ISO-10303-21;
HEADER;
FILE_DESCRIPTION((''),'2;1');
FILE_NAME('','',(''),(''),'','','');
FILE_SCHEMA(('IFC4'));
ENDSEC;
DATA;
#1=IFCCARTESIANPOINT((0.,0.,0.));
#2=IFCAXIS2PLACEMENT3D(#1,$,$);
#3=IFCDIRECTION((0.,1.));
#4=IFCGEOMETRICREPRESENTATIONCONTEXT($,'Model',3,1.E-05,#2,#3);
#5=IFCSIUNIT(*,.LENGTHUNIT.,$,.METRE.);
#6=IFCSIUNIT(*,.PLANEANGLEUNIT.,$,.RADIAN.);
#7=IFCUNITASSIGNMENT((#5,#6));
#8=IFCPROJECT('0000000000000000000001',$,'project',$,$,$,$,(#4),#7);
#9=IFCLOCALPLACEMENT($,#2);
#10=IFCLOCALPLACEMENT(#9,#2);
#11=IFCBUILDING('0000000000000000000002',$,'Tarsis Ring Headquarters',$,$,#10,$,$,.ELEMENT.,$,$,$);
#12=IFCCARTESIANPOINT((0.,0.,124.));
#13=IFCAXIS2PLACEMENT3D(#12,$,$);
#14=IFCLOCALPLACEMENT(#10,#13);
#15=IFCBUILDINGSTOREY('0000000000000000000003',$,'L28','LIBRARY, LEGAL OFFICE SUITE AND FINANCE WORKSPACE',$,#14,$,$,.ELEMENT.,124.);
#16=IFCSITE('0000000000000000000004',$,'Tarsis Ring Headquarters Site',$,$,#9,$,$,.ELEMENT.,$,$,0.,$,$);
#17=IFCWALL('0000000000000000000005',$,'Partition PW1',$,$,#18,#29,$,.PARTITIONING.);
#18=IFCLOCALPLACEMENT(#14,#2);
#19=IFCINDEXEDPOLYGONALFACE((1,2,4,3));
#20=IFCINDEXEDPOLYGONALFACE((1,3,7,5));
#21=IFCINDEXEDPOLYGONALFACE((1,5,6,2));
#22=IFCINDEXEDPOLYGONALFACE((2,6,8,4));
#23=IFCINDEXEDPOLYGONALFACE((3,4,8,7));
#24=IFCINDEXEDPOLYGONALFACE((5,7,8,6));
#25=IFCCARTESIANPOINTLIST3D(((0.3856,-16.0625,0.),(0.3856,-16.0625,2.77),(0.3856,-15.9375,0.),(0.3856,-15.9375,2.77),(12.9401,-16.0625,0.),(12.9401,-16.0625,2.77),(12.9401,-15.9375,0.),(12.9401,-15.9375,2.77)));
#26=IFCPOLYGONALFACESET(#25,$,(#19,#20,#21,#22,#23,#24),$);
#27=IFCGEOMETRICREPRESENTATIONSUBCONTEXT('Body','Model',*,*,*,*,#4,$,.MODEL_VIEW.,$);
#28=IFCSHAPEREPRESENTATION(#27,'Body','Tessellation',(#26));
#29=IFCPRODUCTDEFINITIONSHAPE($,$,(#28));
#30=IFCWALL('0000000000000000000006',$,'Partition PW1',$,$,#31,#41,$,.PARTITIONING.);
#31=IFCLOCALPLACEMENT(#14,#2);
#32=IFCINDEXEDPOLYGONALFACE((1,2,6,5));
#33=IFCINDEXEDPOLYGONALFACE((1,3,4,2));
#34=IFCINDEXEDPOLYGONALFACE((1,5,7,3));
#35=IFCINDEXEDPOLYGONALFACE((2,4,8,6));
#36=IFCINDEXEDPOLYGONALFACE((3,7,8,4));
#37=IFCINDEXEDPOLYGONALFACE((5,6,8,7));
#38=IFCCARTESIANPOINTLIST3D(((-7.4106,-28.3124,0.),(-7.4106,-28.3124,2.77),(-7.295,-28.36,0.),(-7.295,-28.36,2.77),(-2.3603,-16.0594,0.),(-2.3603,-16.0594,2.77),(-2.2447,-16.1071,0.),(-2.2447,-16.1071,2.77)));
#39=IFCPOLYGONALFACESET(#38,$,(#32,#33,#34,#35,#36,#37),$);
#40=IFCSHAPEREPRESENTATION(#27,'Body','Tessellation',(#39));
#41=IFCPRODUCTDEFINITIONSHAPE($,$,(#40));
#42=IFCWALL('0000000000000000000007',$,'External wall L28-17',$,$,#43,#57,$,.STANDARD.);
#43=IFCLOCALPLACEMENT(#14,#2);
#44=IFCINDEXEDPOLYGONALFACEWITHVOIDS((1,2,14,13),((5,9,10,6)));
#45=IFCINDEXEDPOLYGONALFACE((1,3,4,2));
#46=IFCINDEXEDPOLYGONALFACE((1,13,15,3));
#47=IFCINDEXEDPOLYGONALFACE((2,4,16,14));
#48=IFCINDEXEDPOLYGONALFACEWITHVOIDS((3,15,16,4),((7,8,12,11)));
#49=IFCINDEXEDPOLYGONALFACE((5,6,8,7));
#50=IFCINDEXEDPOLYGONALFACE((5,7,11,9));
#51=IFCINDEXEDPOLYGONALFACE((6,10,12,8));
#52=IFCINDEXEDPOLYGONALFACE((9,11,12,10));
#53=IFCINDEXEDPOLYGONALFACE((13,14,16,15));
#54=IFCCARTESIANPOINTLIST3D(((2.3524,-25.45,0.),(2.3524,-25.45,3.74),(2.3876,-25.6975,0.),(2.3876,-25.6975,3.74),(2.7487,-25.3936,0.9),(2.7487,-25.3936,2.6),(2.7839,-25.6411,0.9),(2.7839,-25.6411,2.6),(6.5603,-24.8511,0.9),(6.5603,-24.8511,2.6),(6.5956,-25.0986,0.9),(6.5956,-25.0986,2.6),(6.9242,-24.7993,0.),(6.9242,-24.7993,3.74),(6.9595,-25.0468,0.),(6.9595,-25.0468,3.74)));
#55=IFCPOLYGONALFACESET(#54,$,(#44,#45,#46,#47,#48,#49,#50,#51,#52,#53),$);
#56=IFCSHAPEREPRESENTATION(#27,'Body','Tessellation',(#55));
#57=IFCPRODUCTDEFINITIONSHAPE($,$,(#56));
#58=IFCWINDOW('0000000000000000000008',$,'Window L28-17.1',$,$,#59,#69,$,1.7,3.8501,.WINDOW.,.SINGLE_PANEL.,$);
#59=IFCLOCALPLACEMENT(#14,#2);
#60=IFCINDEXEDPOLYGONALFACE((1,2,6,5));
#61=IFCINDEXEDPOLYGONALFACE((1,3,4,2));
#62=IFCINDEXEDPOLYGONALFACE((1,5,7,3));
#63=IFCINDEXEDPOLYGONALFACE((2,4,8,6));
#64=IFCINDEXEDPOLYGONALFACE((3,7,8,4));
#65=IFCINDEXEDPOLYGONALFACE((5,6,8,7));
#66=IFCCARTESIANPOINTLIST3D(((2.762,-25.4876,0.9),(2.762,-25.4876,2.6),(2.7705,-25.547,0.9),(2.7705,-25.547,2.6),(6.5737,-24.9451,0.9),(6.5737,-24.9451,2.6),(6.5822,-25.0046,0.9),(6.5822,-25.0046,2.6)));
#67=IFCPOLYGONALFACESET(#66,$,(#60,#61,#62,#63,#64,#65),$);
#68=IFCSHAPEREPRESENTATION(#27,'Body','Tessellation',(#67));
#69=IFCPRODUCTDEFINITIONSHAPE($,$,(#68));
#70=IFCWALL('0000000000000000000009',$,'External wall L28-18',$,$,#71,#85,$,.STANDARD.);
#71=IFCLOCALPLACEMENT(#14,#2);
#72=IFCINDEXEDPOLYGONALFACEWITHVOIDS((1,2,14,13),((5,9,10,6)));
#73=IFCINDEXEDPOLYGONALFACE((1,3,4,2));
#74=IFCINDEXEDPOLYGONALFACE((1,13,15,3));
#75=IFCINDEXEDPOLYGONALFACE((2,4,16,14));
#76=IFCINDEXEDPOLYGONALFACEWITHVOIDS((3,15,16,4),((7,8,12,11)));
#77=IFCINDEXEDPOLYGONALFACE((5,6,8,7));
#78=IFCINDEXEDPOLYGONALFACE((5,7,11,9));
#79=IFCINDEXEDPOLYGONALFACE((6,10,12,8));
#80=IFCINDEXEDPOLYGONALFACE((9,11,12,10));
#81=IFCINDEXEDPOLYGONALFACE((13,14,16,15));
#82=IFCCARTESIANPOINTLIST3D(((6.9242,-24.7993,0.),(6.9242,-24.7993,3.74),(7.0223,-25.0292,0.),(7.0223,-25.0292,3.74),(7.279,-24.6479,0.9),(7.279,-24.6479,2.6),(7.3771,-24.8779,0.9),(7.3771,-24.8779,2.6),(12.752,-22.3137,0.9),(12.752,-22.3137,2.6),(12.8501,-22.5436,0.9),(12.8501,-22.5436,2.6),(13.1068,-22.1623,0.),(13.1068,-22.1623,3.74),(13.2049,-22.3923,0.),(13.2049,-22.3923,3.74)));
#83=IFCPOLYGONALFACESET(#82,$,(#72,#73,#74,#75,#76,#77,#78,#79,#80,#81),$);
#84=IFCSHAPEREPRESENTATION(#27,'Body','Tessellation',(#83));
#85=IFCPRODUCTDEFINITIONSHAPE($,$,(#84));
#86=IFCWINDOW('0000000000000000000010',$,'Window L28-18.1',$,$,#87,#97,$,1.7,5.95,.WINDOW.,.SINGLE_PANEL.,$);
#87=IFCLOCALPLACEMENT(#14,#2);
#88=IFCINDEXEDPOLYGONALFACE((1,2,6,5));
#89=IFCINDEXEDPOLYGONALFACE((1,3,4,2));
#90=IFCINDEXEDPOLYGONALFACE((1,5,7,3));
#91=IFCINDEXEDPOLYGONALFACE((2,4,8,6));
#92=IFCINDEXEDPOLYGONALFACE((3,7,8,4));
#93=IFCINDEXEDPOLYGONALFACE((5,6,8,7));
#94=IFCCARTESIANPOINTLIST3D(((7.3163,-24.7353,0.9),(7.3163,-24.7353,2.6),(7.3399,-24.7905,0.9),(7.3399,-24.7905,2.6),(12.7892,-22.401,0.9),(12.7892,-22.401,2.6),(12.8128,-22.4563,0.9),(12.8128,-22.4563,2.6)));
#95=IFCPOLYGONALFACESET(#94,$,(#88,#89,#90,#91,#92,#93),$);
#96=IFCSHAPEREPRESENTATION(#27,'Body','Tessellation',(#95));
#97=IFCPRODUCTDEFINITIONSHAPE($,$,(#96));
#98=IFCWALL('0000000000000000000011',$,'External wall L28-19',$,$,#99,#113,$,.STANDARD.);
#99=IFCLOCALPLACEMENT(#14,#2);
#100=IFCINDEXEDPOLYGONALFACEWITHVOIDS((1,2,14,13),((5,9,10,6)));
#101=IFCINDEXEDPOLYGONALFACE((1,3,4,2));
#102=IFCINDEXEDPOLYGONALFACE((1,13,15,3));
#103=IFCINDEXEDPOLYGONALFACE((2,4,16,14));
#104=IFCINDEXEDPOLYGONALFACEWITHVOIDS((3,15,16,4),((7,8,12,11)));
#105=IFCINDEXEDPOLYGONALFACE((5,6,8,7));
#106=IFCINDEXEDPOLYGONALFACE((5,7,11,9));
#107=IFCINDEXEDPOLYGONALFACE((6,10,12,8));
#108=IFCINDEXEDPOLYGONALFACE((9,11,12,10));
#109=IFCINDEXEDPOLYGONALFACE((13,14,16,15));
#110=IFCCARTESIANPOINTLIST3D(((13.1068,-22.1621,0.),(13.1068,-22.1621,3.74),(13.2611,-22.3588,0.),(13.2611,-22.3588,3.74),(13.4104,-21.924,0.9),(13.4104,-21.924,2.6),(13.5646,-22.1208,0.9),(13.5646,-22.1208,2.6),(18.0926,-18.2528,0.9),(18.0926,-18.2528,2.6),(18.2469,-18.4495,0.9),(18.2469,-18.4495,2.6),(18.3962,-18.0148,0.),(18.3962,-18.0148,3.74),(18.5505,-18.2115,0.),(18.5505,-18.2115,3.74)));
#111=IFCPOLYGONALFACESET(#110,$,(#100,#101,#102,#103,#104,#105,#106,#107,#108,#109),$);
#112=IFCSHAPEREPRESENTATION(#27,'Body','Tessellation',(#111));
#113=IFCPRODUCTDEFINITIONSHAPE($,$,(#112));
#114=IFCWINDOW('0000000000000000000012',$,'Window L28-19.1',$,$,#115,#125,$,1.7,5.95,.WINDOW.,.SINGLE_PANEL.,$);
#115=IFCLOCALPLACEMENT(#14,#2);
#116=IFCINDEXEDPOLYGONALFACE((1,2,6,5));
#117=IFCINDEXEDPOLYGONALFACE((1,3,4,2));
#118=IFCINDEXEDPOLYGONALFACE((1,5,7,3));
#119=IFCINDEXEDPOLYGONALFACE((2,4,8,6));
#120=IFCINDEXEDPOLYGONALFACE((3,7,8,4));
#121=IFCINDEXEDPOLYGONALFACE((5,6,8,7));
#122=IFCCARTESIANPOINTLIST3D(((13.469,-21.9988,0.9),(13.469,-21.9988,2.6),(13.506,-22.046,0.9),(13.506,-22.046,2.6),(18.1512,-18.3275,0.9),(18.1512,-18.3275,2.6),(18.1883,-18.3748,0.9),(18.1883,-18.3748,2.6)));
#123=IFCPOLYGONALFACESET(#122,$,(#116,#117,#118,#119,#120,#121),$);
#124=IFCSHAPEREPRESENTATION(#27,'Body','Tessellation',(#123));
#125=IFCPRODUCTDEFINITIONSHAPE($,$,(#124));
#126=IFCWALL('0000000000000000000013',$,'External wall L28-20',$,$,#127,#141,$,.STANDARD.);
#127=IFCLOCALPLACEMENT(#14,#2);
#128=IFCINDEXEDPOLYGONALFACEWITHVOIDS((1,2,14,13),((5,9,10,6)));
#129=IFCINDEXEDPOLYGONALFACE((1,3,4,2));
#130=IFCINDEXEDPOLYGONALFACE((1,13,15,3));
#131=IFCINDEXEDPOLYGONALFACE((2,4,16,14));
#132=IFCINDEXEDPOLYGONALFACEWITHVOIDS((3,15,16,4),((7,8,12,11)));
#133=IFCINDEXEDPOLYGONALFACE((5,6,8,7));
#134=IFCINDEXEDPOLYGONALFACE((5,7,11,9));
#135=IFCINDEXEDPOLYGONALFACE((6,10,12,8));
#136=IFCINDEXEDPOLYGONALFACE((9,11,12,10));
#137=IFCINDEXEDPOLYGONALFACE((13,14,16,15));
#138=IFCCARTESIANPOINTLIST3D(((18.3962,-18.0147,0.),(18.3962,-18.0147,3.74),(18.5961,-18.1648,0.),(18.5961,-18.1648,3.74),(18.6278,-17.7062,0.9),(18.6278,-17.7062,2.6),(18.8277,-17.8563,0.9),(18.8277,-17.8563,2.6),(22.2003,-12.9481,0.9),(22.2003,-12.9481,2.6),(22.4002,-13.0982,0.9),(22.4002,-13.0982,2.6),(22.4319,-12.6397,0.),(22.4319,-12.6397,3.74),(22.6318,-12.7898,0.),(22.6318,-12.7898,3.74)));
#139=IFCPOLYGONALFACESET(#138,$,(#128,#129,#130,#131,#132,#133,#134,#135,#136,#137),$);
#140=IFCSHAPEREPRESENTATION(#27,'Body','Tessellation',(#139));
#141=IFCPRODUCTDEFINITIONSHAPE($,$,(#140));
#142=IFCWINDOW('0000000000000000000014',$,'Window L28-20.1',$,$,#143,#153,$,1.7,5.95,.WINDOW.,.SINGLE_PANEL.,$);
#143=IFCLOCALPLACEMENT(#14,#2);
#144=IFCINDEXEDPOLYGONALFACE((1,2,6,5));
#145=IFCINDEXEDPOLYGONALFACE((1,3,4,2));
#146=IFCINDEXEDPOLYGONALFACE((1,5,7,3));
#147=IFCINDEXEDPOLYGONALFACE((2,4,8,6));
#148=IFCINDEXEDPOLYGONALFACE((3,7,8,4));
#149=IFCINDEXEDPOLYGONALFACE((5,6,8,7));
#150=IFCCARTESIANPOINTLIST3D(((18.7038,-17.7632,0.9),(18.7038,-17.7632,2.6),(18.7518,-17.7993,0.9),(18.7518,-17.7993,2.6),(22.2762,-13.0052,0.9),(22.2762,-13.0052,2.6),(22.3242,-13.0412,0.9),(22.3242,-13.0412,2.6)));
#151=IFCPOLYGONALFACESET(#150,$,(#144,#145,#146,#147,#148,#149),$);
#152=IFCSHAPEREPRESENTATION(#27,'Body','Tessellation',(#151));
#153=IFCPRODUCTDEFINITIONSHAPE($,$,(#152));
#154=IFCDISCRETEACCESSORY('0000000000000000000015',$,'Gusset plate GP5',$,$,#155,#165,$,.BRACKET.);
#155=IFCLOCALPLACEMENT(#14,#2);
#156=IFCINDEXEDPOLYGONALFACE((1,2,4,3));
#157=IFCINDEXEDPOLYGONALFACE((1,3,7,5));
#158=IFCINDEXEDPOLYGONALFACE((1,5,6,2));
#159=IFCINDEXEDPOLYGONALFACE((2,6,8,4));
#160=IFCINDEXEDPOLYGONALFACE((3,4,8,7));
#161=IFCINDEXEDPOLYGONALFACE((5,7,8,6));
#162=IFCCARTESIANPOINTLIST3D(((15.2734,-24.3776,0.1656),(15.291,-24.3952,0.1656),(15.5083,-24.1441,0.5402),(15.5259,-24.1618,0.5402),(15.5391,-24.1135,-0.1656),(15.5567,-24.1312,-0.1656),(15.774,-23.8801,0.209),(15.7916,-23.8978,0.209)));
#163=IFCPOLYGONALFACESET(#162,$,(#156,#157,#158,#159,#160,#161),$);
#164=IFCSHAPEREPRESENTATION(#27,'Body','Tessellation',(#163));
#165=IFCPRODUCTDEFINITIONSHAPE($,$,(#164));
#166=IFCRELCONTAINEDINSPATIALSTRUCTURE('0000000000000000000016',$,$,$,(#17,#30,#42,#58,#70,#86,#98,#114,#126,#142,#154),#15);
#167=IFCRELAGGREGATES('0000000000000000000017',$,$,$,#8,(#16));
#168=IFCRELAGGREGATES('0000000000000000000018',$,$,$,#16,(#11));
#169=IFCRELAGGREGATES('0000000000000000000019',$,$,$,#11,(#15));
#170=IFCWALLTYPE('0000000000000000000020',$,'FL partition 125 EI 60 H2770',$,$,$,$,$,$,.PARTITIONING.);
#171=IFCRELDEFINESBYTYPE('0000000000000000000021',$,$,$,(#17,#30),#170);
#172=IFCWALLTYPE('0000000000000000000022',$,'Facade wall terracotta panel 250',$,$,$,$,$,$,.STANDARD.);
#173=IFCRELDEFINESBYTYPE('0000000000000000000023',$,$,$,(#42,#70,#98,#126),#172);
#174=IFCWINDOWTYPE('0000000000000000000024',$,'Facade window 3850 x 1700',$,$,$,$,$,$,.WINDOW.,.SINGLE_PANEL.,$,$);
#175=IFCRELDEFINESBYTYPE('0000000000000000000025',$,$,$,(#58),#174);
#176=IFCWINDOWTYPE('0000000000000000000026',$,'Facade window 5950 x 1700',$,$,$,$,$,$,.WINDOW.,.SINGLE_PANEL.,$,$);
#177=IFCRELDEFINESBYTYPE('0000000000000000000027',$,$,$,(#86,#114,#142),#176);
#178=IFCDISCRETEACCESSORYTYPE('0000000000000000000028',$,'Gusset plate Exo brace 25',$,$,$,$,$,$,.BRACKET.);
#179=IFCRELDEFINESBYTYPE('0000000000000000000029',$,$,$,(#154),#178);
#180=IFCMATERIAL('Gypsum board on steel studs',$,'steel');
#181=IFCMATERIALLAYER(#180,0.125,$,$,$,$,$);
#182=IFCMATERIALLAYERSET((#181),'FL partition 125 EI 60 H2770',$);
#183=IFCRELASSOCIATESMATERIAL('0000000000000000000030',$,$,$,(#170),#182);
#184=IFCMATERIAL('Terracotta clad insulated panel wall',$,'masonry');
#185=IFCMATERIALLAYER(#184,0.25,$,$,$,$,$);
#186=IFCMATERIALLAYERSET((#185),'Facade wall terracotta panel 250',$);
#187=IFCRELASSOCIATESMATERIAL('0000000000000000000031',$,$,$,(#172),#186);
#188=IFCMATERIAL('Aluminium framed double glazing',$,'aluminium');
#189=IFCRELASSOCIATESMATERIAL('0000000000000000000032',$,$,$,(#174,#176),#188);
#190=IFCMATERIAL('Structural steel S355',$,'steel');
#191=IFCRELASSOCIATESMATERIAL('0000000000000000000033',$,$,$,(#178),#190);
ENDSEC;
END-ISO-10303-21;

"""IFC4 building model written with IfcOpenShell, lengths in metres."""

from ifc_helpers import new_model, si_unit, direction, frame, frame_2d, origin, origin_2d, place, context, subcontext, project, spatial, rectangle, extrude, material, layer, layer_set, material_profile, profile_set, type_object, element, fill, save


model = new_model("IFC4")

# Units and contexts
model_context = context("Model", 3, precision=1e-05, world=origin(), true_north=direction((0.0, 1.0)))
body_context = subcontext(model_context, "Body", "Model", "MODEL_VIEW")
ifc_project = project(units=[si_unit("LENGTHUNIT", "METRE"), si_unit("PLANEANGLEUNIT", "RADIAN")], contexts=[model_context])

# Site, building, storey
site_placement = place(None, origin())
site = spatial("IfcSite", under=ifc_project, at=site_placement, Name="Tarsis Ring Headquarters Site", CompositionType="ELEMENT", RefElevation=0.0)
building_placement = place(site_placement, origin())
building = spatial("IfcBuilding", under=site, at=building_placement, Name="Tarsis Ring Headquarters", CompositionType="ELEMENT")
storey_placement = place(building_placement, frame((0.0, 0.0, 124.0)))
storey = spatial("IfcBuildingStorey", under=building, at=storey_placement, Name="L28", Description="LIBRARY, LEGAL OFFICE SUITE AND FINANCE WORKSPACE", CompositionType="ELEMENT", Elevation=124.0)

# Shared definitions
ifc_material_1 = material(Name="Structural steel S355", Category="steel")

# Shared definitions
ifc_material_2 = material(Name="Gypsum board on steel studs", Category="steel")

# Shared definitions
ifc_layer_1 = layer(ifc_material_2, 0.125)
ifc_layer_set_1 = layer_set([ifc_layer_1], Name="FL partition 125 EI 60 H2770")
wall_type_1 = type_object("IfcWallType", Name="FL partition 125 EI 60 H2770", PredefinedType="PARTITIONING", material=ifc_layer_set_1)

# Walls
wall_1_placement = place(storey_placement, frame((0.3855, -16.0, 0.0), z_axis=(0.0, 0.0, 1.0), x_axis=(1.0, 0.0, 0.0)))
element("IfcWall", 1, at=wall_1_placement, inside=storey, type_object=wall_type_1, Name="Partition PW1", PredefinedType="PARTITIONING", context=body_context, shape_type="SweptSolid", body=[
    extrude(rectangle(XDim=12.5544, YDim=0.125, at=frame_2d((6.2773, 0.0))), origin(), (0.0, 0.0, 1.0), 2.77),
])
wall_2_placement = place(storey_placement, frame((-7.3528, -28.3362, 0.0), z_axis=(0.0, 0.0, 1.0), x_axis=(0.38107, 0.924546, 0.0)))
element("IfcWall", 2, at=wall_2_placement, inside=storey, type_object=wall_type_1, Name="Partition PW1", PredefinedType="PARTITIONING", context=body_context, shape_type="SweptSolid", body=[
    extrude(rectangle(XDim=13.2529, YDim=0.125, at=frame_2d((6.6265, 0.0))), origin(), (0.0, 0.0, 1.0), 2.77),
])

# Walls, openings, windows
ifc_material_3 = material(Name="Terracotta clad insulated panel wall", Category="masonry")
ifc_layer_2 = layer(ifc_material_3, 0.25)
ifc_layer_set_2 = layer_set([ifc_layer_2], Name="Facade wall terracotta panel 250")
wall_type_2 = type_object("IfcWallType", Name="Facade wall terracotta panel 250", PredefinedType="STANDARD", material=ifc_layer_set_2)
wall_3_placement = place(storey_placement, frame((2.3699, -25.5737, 0.0), z_axis=(0.0, 0.0, 1.0), x_axis=(0.990024, 0.140896, 0.0)))
wall_3 = element("IfcWall", 3, at=wall_3_placement, inside=storey, type_object=wall_type_2, Name="External wall L28-17", PredefinedType="STANDARD", context=body_context, shape_type="SweptSolid", body=[
    extrude(rectangle(XDim=4.6179, YDim=0.25, at=frame_2d((2.3091, 0.0))), origin(), (0.0, 0.0, 1.0), 3.74),
])
opening_1_placement = place(wall_3_placement, frame((0.4004, 0.0, 0.8999)))
opening_1 = element("IfcOpeningElement", 4, at=opening_1_placement, cuts=wall_3, PredefinedType="OPENING", context=body_context, shape_type="SweptSolid", body=[
    extrude(rectangle(XDim=3.8501, YDim=1.7, at=frame_2d((1.925, 0.8501))), frame((0.0, 0.135, 0.0), z_axis=(0.0, -1.0, 0.0), x_axis=(1.0, 0.0, 0.0)), (0.0, 0.0, 1.0), 0.27),
])
ifc_material_4 = material(Name="Aluminium framed double glazing", Category="aluminium")
window_type_1 = type_object("IfcWindowType", Name="Facade window 3850 x 1700", PartitioningType="SINGLE_PANEL", PredefinedType="WINDOW", material=ifc_material_4)
window_1_placement = place(opening_1_placement, origin())
window_1 = element("IfcWindow", 5, at=window_1_placement, inside=storey, type_object=window_type_1, Name="Window L28-17.1", OverallHeight=1.7, OverallWidth=3.8501, PartitioningType="SINGLE_PANEL", PredefinedType="WINDOW", context=body_context, shape_type="SweptSolid", body=[
    extrude(rectangle(XDim=3.8501, YDim=1.7, at=frame_2d((1.925, 0.8501))), frame((0.0, 0.03, 0.0), z_axis=(0.0, -1.0, 0.0), x_axis=(1.0, 0.0, 0.0)), (0.0, 0.0, 1.0), 0.0601),
])
fill(opening_1, window_1)
wall_4_placement = place(storey_placement, frame((6.9731, -24.9143, 0.0), z_axis=(0.0, 0.0, 1.0), x_axis=(0.919829, 0.392319, 0.0)))
wall_4 = element("IfcWall", 6, at=wall_4_placement, inside=storey, type_object=wall_type_2, Name="External wall L28-18", PredefinedType="STANDARD", context=body_context, shape_type="SweptSolid", body=[
    extrude(rectangle(XDim=6.7214, YDim=0.25, at=frame_2d((3.3608, 0.0))), origin(), (0.0, 0.0, 1.0), 3.74),
])
opening_2_placement = place(wall_4_placement, frame((0.3857, 0.0, 0.8999)))
opening_2 = element("IfcOpeningElement", 7, at=opening_2_placement, cuts=wall_4, PredefinedType="OPENING", context=body_context, shape_type="SweptSolid", body=[
    extrude(rectangle(XDim=5.95, YDim=1.7, at=frame_2d((2.9751, 0.8501))), frame((0.0, 0.135, 0.0), z_axis=(0.0, -1.0, 0.0), x_axis=(1.0, 0.0, 0.0)), (0.0, 0.0, 1.0), 0.27),
])
window_type_2 = type_object("IfcWindowType", Name="Facade window 5950 x 1700", PartitioningType="SINGLE_PANEL", PredefinedType="WINDOW", material=ifc_material_4)
window_2_placement = place(opening_2_placement, origin())
window_2 = element("IfcWindow", 8, at=window_2_placement, inside=storey, type_object=window_type_2, Name="Window L28-18.1", OverallHeight=1.7, OverallWidth=5.95, PartitioningType="SINGLE_PANEL", PredefinedType="WINDOW", context=body_context, shape_type="SweptSolid", body=[
    extrude(rectangle(XDim=5.95, YDim=1.7, at=frame_2d((2.9751, 0.8501))), frame((0.0, 0.03, 0.0), z_axis=(0.0, -1.0, 0.0), x_axis=(1.0, 0.0, 0.0)), (0.0, 0.0, 1.0), 0.0601),
])
fill(opening_2, window_2)
wall_5_placement = place(storey_placement, frame((13.1838, -22.2605, 0.0), z_axis=(0.0, 0.0, 1.0), x_axis=(0.786944, 0.617024, 0.0)))
wall_5 = element("IfcWall", 9, at=wall_5_placement, inside=storey, type_object=wall_type_2, Name="External wall L28-19", PredefinedType="STANDARD", context=body_context, shape_type="SweptSolid", body=[
    extrude(rectangle(XDim=6.7214, YDim=0.25, at=frame_2d((3.3608, 0.0))), origin(), (0.0, 0.0, 1.0), 3.74),
])
opening_3_placement = place(wall_5_placement, frame((0.3857, 0.0, 0.8999)))
opening_3 = element("IfcOpeningElement", 10, at=opening_3_placement, cuts=wall_5, PredefinedType="OPENING", context=body_context, shape_type="SweptSolid", body=[
    extrude(rectangle(XDim=5.95, YDim=1.7, at=frame_2d((2.9751, 0.8501))), frame((0.0, 0.135, 0.0), z_axis=(0.0, -1.0, 0.0), x_axis=(1.0, 0.0, 0.0)), (0.0, 0.0, 1.0), 0.27),
])
window_3_placement = place(opening_3_placement, origin())
window_3 = element("IfcWindow", 11, at=window_3_placement, inside=storey, type_object=window_type_2, Name="Window L28-19.1", OverallHeight=1.7, OverallWidth=5.95, PartitioningType="SINGLE_PANEL", PredefinedType="WINDOW", context=body_context, shape_type="SweptSolid", body=[
    extrude(rectangle(XDim=5.95, YDim=1.7, at=frame_2d((2.9751, 0.8501))), frame((0.0, 0.03, 0.0), z_axis=(0.0, -1.0, 0.0), x_axis=(1.0, 0.0, 0.0)), (0.0, 0.0, 1.0), 0.0601),
])
fill(opening_3, window_3)
wall_6_placement = place(storey_placement, frame((18.4961, -18.0898, 0.0), z_axis=(0.0, 0.0, 1.0), x_axis=(0.600418, 0.799686, 0.0)))
wall_6 = element("IfcWall", 12, at=wall_6_placement, inside=storey, type_object=wall_type_2, Name="External wall L28-20", PredefinedType="STANDARD", context=body_context, shape_type="SweptSolid", body=[
    extrude(rectangle(XDim=6.7214, YDim=0.25, at=frame_2d((3.3608, 0.0))), origin(), (0.0, 0.0, 1.0), 3.74),
])
opening_4_placement = place(wall_6_placement, frame((0.3857, 0.0, 0.8999)))
opening_4 = element("IfcOpeningElement", 13, at=opening_4_placement, cuts=wall_6, PredefinedType="OPENING", context=body_context, shape_type="SweptSolid", body=[
    extrude(rectangle(XDim=5.95, YDim=1.7, at=frame_2d((2.9751, 0.8501))), frame((0.0, 0.135, 0.0), z_axis=(0.0, -1.0, 0.0), x_axis=(1.0, 0.0, 0.0)), (0.0, 0.0, 1.0), 0.27),
])
window_4_placement = place(opening_4_placement, origin())
window_4 = element("IfcWindow", 14, at=window_4_placement, inside=storey, type_object=window_type_2, Name="Window L28-20.1", OverallHeight=1.7, OverallWidth=5.95, PartitioningType="SINGLE_PANEL", PredefinedType="WINDOW", context=body_context, shape_type="SweptSolid", body=[
    extrude(rectangle(XDim=5.95, YDim=1.7, at=frame_2d((2.9751, 0.8501))), frame((0.0, 0.03, 0.0), z_axis=(0.0, -1.0, 0.0), x_axis=(1.0, 0.0, 0.0)), (0.0, 0.0, 1.0), 0.0601),
])
fill(opening_4, window_4)

# Discrete accessory
ifc_material_profile_1 = material_profile(ifc_material_1, rectangle(XDim=0.0249, YDim=0.5, at=origin_2d()), Name="PL 25x500")
ifc_profile_set_1 = profile_set([ifc_material_profile_1], Name="Structural steel S355")
discrete_accessory_type = type_object("IfcDiscreteAccessoryType", Name="Gusset plate Exo brace 25", PredefinedType="BRACKET", material=ifc_profile_set_1)
discrete_accessory_1_placement = place(storey_placement, frame((15.415, -24.2544, 0.0), z_axis=(0.469826, 0.466895, 0.749181), x_axis=(-0.704891, 0.709315, 0.0)))
element("IfcDiscreteAccessory", 15, at=discrete_accessory_1_placement, inside=storey, type_object=discrete_accessory_type, Name="Gusset plate GP5", PredefinedType="BRACKET", context=body_context, shape_type="SweptSolid", body=[
    extrude(rectangle(XDim=0.0249, YDim=0.5, at=origin_2d()), origin(), (0.0, 0.0, 1.0), 0.5),
])

save(model, "model.ifc")
